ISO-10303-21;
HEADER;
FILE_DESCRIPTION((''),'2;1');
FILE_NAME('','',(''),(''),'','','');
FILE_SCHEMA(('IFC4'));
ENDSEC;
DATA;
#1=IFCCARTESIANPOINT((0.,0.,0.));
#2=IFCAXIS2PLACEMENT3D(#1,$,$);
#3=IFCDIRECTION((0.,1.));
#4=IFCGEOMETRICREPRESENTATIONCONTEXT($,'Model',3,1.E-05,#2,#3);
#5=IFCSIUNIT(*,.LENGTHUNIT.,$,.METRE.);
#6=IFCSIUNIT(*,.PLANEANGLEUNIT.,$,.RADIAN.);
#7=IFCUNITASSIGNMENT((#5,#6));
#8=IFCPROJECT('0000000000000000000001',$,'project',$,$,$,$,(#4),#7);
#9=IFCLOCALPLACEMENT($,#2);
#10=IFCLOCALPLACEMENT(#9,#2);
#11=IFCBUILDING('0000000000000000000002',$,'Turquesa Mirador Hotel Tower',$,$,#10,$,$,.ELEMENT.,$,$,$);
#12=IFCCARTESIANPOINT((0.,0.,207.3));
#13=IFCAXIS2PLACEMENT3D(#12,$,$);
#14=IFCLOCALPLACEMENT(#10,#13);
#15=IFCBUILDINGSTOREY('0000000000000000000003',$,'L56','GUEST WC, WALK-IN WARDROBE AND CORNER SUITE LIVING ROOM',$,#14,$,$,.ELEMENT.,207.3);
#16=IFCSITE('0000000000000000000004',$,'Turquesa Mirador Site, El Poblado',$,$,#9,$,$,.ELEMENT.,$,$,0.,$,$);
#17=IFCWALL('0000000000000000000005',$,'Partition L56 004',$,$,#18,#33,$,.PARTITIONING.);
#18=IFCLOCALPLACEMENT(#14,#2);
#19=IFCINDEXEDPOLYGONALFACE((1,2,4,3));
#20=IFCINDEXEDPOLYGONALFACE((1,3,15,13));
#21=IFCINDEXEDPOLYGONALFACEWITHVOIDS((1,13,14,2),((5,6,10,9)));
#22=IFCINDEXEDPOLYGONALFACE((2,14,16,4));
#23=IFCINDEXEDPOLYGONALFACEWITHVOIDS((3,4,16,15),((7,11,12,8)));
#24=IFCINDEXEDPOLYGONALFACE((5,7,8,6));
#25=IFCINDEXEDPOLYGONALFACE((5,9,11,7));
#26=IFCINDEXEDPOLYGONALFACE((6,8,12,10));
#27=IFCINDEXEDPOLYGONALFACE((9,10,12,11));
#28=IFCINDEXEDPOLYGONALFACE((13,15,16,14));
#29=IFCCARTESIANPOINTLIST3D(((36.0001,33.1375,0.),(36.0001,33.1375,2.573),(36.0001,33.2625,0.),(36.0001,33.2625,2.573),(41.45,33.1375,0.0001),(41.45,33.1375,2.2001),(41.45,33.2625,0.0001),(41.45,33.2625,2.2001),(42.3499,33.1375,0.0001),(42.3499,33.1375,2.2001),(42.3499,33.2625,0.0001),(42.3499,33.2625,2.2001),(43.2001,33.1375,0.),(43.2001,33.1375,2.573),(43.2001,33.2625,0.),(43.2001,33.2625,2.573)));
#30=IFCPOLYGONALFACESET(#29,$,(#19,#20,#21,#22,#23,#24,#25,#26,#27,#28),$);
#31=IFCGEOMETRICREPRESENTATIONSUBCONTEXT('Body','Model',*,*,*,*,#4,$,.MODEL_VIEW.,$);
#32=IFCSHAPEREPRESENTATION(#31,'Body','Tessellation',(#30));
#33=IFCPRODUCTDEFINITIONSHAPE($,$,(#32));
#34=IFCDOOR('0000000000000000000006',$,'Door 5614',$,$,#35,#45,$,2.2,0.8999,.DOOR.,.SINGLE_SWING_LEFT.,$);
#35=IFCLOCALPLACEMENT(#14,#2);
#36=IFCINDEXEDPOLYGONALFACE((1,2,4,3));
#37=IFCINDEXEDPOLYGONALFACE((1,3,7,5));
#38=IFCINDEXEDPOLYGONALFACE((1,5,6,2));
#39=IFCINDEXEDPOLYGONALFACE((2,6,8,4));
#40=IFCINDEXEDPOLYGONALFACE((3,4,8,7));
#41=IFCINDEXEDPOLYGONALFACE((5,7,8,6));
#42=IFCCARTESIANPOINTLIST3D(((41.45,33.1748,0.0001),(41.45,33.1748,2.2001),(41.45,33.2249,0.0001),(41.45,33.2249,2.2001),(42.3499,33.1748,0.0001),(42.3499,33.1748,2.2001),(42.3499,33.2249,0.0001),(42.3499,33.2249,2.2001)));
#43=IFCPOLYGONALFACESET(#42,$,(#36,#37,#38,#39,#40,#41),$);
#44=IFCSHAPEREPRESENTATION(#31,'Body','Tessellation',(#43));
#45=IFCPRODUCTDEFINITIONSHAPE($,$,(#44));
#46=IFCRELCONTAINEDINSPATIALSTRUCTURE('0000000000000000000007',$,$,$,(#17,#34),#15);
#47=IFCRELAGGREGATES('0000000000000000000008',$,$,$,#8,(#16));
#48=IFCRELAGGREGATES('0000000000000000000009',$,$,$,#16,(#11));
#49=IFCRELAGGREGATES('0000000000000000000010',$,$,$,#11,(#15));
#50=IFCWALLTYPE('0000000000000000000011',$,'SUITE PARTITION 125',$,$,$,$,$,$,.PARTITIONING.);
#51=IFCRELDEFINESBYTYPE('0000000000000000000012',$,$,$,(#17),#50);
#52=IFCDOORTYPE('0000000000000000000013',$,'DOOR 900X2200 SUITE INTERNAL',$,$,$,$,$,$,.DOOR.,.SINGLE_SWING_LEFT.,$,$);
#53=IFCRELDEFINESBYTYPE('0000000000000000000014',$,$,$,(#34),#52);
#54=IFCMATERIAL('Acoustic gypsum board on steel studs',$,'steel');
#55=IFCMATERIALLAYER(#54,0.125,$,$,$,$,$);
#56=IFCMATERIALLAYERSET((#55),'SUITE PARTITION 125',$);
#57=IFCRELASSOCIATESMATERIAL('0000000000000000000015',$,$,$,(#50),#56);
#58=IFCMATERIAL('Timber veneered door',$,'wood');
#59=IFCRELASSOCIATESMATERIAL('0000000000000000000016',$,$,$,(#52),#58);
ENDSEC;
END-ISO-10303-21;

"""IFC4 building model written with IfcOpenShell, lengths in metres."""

from ifc_helpers import new_model, si_unit, direction, frame, frame_2d, origin, place, context, subcontext, project, spatial, rectangle, extrude, material, layer, layer_set, type_object, element, fill, save


model = new_model("IFC4")

# Units and contexts
model_context = context("Model", 3, precision=1e-05, world=origin(), true_north=direction((0.0, 1.0)))
body_context = subcontext(model_context, "Body", "Model", "MODEL_VIEW")
ifc_project = project(units=[si_unit("LENGTHUNIT", "METRE"), si_unit("PLANEANGLEUNIT", "RADIAN")], contexts=[model_context])

# Site, building, storey
site_placement = place(None, origin())
site = spatial("IfcSite", under=ifc_project, at=site_placement, Name="Turquesa Mirador Site, El Poblado", CompositionType="ELEMENT", RefElevation=0.0)
building_placement = place(site_placement, origin())
building = spatial("IfcBuilding", under=site, at=building_placement, Name="Turquesa Mirador Hotel Tower", CompositionType="ELEMENT")
storey_placement = place(building_placement, frame((0.0, 0.0, 207.3)))
storey = spatial("IfcBuildingStorey", under=building, at=storey_placement, Name="L56", Description="GUEST WC, WALK-IN WARDROBE AND CORNER SUITE LIVING ROOM", CompositionType="ELEMENT", Elevation=207.3)

# Wall, opening, door
ifc_material_1 = material(Name="Acoustic gypsum board on steel studs", Category="steel")
ifc_layer_1 = layer(ifc_material_1, 0.125)
ifc_layer_set_1 = layer_set([ifc_layer_1], Name="SUITE PARTITION 125")
wall_type_1 = type_object("IfcWallType", Name="SUITE PARTITION 125", PredefinedType="PARTITIONING", material=ifc_layer_set_1)
wall_1_placement = place(storey_placement, frame((36.0, 33.2, 0.0), z_axis=(0.0, 0.0, 1.0), x_axis=(1.0, 0.0, 0.0)))
wall_1 = element("IfcWall", 1, at=wall_1_placement, inside=storey, type_object=wall_type_1, Name="Partition L56 004", PredefinedType="PARTITIONING", context=body_context, shape_type="SweptSolid", body=[
    extrude(rectangle(XDim=7.2, YDim=0.125, at=frame_2d((3.6001, 0.0))), origin(), (0.0, 0.0, 1.0), 2.573),
])
opening_1_placement = place(wall_1_placement, frame((5.45, 0.0, 0.0)))
opening_1 = element("IfcOpeningElement", 2, at=opening_1_placement, cuts=wall_1, PredefinedType="OPENING", context=body_context, shape_type="SweptSolid", body=[
    extrude(rectangle(XDim=0.8999, YDim=2.2, at=frame_2d((0.45, 1.1001))), frame((0.0, 0.0725, 0.0), z_axis=(0.0, -1.0, 0.0), x_axis=(1.0, 0.0, 0.0)), (0.0, 0.0, 1.0), 0.145),
])
ifc_material_2 = material(Name="Timber veneered door", Category="wood")
door_type = type_object("IfcDoorType", Name="DOOR 900X2200 SUITE INTERNAL", OperationType="SINGLE_SWING_LEFT", PredefinedType="DOOR", material=ifc_material_2)
door_placement = place(opening_1_placement, origin())
door = element("IfcDoor", 3, at=door_placement, inside=storey, type_object=door_type, Name="Door 5614", OperationType="SINGLE_SWING_LEFT", OverallHeight=2.2, OverallWidth=0.8999, PredefinedType="DOOR", context=body_context, shape_type="SweptSolid", body=[
    extrude(rectangle(XDim=0.8999, YDim=2.2, at=frame_2d((0.45, 1.1001))), frame((0.0, 0.0249, 0.0), z_axis=(0.0, -1.0, 0.0), x_axis=(1.0, 0.0, 0.0)), (0.0, 0.0, 1.0), 0.05),
])
fill(opening_1, door)

save(model, "model.ifc")
